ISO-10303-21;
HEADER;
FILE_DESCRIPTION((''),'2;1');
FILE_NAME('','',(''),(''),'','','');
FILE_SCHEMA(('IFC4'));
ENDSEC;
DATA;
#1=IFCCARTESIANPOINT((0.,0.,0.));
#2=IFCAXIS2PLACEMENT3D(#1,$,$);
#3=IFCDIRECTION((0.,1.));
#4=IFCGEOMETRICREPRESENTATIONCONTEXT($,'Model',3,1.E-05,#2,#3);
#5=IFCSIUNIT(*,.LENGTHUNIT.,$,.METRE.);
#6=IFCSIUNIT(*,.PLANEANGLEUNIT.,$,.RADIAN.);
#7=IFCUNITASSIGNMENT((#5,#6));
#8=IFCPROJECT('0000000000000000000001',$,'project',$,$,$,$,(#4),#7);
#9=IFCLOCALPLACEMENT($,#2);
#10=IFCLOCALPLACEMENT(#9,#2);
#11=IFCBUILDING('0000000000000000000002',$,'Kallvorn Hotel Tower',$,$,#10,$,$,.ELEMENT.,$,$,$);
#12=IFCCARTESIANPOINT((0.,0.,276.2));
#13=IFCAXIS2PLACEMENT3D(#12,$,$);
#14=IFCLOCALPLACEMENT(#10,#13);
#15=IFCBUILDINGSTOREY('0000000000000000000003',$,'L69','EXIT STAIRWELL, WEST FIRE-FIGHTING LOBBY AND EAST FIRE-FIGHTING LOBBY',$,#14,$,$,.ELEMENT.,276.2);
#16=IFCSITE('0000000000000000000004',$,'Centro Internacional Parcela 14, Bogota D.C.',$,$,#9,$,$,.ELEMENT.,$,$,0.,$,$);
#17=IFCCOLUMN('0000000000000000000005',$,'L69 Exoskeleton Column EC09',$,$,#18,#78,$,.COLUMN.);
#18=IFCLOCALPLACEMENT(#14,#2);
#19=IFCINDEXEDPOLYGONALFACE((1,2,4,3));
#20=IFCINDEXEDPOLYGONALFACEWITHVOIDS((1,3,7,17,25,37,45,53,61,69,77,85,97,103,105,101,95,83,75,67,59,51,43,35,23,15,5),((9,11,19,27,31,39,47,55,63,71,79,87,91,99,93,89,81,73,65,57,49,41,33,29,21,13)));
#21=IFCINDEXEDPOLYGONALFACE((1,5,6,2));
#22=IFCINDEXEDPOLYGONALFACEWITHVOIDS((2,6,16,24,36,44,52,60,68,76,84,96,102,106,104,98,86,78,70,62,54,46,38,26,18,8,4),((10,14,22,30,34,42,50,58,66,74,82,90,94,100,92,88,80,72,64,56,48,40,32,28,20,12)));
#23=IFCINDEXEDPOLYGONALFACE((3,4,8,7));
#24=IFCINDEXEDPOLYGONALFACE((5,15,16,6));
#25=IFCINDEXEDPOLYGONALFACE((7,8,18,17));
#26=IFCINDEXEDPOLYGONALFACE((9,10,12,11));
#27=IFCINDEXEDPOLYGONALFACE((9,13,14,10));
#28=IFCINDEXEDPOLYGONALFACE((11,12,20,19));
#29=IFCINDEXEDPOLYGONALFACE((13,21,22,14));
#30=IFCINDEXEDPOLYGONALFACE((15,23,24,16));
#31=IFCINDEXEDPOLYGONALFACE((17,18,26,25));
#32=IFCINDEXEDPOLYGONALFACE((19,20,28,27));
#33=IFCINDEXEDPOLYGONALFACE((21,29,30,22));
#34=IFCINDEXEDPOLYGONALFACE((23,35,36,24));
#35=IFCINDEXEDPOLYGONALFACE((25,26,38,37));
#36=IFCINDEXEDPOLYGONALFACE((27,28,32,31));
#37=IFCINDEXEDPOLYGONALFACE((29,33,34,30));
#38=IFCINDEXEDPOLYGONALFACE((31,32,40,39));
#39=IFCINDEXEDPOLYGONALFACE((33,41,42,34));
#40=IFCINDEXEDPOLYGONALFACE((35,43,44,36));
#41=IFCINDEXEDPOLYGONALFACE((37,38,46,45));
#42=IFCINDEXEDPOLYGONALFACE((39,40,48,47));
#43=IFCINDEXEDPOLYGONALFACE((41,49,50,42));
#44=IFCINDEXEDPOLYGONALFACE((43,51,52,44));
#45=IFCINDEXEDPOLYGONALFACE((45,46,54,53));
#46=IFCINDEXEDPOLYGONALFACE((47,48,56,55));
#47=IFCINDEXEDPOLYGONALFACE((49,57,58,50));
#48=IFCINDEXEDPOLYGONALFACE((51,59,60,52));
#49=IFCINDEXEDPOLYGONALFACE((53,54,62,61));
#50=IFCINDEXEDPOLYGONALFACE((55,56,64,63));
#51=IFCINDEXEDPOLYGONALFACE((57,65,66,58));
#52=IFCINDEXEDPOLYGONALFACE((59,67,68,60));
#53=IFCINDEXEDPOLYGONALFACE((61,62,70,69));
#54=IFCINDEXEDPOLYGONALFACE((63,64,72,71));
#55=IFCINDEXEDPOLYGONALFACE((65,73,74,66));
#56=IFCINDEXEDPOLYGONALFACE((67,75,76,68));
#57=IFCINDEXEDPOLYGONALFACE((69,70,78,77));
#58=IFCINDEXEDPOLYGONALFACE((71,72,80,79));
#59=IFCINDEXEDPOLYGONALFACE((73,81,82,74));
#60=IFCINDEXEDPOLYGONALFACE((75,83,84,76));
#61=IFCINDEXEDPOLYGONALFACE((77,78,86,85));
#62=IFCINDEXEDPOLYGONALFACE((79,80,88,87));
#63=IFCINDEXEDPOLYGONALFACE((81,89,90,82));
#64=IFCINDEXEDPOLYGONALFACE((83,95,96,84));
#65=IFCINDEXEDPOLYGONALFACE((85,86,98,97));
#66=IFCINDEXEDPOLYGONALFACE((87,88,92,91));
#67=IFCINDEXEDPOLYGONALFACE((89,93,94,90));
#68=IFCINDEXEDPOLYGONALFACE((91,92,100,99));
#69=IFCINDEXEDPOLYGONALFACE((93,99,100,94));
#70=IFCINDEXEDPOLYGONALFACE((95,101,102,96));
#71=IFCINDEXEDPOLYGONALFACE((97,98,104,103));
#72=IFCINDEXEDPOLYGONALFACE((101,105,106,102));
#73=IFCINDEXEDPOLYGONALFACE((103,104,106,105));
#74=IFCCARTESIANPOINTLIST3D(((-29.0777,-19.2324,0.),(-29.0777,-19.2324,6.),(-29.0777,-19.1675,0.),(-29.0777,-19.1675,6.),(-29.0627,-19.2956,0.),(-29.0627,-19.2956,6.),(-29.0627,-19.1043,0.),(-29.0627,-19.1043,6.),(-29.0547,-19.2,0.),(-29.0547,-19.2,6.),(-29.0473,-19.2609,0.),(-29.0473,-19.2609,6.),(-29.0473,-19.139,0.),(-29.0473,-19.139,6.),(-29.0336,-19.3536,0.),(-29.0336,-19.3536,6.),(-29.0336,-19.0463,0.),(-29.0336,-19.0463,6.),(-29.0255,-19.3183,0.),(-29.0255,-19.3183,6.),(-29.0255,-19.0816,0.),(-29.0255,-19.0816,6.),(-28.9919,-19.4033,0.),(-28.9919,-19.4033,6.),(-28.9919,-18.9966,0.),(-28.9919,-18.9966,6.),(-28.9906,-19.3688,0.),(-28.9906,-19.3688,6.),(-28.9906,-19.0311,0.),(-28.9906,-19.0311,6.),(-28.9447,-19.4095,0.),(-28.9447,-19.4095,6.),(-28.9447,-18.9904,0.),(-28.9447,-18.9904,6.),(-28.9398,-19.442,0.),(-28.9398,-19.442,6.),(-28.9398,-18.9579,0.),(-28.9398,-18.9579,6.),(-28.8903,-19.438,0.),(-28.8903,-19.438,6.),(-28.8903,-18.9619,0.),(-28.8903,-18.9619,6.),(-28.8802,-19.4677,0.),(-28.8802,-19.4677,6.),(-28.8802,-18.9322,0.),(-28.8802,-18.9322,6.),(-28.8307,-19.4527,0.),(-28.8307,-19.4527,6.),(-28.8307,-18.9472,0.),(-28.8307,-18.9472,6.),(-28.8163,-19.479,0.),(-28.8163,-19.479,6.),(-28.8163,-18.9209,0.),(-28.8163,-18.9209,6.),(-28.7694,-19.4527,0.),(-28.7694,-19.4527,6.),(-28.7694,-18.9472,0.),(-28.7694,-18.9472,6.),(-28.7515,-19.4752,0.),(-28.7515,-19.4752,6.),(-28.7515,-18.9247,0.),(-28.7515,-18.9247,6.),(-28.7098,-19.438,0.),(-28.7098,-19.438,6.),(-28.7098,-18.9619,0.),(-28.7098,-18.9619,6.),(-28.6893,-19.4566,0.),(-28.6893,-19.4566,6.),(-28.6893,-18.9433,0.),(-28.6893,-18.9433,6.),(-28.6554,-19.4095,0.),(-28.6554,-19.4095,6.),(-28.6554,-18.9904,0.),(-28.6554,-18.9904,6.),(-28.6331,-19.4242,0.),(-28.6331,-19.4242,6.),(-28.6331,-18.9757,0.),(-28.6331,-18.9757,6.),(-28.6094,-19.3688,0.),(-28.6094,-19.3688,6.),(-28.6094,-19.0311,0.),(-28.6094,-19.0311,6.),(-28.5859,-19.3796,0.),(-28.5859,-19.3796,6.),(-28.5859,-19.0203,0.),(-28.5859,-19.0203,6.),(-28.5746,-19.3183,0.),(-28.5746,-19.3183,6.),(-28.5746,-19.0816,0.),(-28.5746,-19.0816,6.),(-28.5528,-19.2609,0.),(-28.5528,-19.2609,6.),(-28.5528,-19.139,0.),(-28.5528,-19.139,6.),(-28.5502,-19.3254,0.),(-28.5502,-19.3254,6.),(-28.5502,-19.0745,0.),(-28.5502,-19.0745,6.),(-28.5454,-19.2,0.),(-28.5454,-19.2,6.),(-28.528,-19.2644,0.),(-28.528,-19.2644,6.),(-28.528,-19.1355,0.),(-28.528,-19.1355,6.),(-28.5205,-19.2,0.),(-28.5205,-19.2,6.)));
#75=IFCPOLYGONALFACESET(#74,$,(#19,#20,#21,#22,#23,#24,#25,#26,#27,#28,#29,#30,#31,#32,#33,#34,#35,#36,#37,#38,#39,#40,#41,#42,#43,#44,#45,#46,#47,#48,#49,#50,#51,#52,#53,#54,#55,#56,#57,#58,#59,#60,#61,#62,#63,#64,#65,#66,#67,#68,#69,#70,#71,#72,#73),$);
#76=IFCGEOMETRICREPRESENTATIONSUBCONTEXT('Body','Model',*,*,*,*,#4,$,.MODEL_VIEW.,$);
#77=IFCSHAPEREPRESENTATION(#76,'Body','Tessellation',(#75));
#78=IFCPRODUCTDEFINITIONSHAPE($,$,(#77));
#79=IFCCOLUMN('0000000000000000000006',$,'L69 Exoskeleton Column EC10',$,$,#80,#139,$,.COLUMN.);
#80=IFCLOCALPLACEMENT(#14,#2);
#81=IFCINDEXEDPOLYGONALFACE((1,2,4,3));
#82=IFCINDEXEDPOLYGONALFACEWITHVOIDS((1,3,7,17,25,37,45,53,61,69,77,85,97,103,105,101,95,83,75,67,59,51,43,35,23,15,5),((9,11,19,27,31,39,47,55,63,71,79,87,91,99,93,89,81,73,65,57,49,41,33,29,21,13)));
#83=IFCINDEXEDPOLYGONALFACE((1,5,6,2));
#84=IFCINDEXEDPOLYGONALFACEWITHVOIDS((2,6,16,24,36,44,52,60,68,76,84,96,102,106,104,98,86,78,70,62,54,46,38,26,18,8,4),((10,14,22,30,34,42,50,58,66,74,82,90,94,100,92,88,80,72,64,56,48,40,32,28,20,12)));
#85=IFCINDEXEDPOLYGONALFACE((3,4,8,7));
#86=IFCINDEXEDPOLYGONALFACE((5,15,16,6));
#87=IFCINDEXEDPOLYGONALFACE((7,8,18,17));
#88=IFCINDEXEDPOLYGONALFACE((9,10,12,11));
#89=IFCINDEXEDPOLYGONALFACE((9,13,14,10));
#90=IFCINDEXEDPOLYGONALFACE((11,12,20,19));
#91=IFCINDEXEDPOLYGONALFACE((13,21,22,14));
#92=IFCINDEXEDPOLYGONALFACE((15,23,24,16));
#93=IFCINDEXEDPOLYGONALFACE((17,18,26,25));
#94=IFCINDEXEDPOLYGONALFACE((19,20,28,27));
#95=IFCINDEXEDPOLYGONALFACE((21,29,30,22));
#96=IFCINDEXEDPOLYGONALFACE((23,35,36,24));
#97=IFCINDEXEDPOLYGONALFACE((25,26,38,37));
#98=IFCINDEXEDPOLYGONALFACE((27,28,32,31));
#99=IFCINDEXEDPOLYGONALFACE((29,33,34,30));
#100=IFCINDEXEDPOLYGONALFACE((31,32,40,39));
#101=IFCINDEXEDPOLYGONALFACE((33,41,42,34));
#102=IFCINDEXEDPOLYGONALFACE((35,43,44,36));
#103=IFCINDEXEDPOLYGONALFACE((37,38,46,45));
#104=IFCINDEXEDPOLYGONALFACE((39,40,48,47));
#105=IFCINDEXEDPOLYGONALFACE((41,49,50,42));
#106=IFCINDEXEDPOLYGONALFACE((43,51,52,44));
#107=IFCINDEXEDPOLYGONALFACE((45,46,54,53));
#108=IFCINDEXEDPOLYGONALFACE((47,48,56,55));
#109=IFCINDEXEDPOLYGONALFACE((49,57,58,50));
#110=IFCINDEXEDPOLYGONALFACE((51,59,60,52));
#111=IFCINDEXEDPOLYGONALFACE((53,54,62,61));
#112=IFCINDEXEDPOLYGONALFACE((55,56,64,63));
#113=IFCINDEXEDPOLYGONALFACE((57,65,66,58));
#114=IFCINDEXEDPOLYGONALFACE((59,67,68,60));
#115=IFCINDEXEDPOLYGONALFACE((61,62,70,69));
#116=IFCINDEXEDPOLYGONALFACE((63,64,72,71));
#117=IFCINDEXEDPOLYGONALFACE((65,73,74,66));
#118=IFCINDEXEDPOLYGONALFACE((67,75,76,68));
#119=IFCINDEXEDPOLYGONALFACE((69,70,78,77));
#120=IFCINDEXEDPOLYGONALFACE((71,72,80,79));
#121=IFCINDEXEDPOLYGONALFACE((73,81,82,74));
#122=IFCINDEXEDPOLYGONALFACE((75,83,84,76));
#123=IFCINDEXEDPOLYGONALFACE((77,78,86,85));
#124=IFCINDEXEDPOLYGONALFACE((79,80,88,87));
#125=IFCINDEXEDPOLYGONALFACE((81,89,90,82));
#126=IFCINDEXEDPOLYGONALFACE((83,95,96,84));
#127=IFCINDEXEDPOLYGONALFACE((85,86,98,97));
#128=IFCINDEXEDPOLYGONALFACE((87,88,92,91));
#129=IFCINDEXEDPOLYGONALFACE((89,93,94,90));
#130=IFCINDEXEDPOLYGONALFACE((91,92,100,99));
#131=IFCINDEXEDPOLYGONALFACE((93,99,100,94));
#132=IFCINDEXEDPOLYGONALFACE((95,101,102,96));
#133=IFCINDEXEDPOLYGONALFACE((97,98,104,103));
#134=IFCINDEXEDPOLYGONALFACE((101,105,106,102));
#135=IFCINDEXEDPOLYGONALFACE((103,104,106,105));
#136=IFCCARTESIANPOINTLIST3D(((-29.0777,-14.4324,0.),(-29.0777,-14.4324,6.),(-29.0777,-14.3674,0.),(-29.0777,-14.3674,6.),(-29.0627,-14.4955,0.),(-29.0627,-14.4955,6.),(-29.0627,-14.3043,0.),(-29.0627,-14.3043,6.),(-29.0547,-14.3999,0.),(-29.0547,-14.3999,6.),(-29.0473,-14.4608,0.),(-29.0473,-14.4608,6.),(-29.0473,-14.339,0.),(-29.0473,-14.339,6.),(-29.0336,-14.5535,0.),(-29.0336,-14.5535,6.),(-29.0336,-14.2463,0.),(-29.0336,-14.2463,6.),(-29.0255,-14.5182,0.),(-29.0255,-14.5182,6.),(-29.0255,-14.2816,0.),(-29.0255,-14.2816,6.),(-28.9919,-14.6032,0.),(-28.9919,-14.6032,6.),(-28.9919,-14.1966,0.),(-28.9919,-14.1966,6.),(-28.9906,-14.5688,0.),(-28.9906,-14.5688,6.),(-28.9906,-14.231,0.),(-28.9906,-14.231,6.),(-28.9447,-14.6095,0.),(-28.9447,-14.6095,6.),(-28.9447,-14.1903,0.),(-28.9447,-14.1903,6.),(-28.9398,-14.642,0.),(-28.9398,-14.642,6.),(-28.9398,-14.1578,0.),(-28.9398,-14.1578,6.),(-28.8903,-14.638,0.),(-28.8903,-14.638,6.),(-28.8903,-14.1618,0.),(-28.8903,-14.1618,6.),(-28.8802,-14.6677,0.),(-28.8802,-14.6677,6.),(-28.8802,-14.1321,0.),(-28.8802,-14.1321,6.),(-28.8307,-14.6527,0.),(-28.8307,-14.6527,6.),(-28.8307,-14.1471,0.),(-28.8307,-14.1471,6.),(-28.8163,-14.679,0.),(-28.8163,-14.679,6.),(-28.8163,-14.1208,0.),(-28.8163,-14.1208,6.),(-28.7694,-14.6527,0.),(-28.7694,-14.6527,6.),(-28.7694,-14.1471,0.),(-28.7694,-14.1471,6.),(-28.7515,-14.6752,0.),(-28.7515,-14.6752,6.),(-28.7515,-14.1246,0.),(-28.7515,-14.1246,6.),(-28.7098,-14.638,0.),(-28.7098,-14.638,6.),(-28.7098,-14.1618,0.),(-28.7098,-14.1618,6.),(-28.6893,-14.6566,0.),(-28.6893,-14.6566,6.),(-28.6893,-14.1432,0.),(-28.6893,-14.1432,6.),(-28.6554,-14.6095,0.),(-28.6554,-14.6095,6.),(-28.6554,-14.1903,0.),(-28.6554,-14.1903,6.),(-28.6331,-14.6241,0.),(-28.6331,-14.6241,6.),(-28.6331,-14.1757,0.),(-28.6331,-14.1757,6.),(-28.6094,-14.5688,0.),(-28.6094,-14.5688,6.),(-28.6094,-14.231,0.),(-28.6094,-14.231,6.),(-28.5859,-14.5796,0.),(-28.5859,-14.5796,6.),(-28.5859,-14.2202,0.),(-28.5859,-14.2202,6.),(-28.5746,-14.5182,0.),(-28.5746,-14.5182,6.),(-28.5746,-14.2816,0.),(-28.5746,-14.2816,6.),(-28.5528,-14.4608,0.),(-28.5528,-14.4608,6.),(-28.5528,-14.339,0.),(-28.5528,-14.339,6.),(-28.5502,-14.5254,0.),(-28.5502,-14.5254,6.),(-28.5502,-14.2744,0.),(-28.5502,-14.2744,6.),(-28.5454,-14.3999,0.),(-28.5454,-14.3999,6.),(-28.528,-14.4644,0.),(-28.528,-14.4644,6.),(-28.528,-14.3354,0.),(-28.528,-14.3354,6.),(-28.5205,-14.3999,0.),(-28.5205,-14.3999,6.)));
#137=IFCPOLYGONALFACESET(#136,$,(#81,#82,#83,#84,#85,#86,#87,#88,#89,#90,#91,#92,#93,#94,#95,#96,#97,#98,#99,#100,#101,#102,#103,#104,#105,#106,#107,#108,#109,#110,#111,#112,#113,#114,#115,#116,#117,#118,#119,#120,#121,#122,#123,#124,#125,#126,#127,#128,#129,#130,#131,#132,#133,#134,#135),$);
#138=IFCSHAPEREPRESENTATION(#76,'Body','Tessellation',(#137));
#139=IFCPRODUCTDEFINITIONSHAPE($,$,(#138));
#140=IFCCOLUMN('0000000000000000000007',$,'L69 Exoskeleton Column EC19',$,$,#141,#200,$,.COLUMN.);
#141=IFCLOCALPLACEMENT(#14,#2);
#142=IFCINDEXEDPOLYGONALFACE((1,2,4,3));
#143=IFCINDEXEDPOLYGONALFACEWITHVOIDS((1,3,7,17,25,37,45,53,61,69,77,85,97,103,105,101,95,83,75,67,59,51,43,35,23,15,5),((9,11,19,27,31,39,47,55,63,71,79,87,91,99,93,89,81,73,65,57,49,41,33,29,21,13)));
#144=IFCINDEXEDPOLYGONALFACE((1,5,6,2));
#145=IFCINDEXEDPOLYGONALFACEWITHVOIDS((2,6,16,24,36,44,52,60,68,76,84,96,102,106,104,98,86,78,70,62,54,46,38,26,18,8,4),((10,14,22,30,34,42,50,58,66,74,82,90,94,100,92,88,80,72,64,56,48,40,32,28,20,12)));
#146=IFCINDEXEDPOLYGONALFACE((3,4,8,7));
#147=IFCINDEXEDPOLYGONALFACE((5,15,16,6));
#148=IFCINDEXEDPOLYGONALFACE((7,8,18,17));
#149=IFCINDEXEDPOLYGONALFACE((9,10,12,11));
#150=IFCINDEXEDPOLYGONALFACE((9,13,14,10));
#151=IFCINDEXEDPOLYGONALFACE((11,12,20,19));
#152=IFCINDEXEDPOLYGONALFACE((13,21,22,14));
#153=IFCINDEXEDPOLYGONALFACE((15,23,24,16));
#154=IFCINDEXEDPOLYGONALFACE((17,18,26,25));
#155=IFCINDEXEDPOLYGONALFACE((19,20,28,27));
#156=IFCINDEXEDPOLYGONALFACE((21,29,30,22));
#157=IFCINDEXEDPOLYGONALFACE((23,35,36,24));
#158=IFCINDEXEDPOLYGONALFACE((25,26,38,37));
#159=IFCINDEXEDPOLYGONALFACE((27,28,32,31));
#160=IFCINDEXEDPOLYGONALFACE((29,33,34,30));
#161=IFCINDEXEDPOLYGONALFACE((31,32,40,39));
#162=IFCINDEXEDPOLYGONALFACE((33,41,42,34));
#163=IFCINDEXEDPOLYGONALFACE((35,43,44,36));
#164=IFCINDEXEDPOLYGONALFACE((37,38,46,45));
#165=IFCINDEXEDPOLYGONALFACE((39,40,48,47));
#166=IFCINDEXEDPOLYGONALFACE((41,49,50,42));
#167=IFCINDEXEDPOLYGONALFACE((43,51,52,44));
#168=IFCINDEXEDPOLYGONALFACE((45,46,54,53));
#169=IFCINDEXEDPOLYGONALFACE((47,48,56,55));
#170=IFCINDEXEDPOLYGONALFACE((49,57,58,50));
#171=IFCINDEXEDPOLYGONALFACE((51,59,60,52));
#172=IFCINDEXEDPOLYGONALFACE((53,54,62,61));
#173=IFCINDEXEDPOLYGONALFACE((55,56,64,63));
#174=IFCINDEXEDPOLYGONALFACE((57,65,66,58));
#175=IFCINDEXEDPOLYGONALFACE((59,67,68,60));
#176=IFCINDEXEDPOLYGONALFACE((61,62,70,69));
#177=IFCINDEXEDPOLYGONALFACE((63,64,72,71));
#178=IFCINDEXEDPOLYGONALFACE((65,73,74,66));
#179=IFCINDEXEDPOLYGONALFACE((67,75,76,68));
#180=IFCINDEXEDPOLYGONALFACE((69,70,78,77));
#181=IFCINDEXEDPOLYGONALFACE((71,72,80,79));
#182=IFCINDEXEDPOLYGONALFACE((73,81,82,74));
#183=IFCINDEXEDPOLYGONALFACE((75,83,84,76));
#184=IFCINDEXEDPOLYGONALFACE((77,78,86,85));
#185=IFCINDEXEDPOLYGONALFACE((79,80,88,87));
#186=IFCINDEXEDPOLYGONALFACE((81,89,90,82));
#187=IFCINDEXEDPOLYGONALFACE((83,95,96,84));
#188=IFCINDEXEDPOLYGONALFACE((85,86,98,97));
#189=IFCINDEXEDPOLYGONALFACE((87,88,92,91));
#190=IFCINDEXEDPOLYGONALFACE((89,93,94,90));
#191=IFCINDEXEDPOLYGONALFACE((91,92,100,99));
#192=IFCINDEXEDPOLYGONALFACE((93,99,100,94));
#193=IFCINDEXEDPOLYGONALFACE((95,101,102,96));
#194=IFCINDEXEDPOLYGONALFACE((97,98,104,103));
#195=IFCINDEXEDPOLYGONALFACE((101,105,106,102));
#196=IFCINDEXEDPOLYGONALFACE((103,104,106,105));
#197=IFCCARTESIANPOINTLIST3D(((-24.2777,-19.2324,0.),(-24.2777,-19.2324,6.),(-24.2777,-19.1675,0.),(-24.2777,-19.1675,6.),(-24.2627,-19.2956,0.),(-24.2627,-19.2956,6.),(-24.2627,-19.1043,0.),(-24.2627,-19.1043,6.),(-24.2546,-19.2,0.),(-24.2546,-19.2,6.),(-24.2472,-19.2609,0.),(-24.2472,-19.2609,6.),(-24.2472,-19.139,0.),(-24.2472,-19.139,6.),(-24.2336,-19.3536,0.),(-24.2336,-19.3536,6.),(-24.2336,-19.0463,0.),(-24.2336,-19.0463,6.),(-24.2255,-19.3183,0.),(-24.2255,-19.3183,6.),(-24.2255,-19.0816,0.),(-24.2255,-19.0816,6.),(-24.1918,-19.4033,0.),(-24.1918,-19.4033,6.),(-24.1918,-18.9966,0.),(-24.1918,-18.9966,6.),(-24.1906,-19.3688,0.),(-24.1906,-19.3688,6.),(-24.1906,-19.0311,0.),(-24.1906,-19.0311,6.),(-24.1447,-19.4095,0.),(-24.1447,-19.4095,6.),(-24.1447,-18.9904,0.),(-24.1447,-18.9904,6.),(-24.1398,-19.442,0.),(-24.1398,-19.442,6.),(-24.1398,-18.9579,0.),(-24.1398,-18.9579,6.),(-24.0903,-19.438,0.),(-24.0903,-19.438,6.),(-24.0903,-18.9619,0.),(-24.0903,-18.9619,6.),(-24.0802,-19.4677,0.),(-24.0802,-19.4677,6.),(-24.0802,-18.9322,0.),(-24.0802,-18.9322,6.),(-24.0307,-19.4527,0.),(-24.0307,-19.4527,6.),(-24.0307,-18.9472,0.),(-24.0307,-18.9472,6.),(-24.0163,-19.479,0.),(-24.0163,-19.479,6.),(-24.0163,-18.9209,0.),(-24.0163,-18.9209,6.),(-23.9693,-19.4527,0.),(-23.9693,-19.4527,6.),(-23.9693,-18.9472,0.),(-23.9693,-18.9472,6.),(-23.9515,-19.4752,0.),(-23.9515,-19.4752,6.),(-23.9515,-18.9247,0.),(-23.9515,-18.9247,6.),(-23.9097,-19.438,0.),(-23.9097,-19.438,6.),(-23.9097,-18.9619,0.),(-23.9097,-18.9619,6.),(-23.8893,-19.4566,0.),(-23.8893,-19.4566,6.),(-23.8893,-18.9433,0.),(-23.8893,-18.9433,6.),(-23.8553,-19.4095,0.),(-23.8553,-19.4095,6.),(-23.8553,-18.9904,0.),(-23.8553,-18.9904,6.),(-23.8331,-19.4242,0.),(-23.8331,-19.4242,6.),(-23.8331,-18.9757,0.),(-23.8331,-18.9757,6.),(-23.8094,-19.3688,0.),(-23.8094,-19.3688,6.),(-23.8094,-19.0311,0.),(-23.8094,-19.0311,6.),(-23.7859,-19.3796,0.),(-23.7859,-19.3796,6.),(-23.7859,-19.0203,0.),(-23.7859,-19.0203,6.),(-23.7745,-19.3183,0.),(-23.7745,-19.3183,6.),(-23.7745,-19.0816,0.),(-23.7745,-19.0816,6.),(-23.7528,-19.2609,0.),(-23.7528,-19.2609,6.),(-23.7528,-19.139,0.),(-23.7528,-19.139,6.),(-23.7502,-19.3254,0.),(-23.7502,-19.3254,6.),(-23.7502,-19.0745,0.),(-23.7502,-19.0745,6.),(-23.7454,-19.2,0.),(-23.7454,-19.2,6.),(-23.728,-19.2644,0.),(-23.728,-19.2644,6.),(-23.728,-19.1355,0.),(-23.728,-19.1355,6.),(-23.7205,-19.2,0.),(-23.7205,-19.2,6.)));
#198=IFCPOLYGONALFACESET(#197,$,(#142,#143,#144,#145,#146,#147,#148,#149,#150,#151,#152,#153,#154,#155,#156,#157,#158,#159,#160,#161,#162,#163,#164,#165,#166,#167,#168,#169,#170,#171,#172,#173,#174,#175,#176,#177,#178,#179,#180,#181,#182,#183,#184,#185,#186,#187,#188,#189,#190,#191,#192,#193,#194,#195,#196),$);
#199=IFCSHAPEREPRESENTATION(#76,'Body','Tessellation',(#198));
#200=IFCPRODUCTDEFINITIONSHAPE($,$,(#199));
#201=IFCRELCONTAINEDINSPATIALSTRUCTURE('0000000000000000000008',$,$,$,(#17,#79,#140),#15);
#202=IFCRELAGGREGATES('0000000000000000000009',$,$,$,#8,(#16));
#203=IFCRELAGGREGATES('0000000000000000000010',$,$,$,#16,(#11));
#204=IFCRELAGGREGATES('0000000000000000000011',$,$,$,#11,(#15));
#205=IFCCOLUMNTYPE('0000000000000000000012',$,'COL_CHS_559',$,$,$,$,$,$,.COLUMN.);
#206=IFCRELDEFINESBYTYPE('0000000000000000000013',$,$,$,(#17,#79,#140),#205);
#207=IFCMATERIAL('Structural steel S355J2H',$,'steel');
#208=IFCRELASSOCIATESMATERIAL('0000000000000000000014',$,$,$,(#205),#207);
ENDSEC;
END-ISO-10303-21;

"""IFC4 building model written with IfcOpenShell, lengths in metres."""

from ifc_helpers import new_model, si_unit, direction, frame, origin, origin_2d, place, context, subcontext, project, spatial, hollow_circle, extrude, material, material_profile, profile_set, type_object, element, save


model = new_model("IFC4")

# Units and contexts
model_context = context("Model", 3, precision=1e-05, world=origin(), true_north=direction((0.0, 1.0)))
body_context = subcontext(model_context, "Body", "Model", "MODEL_VIEW")
ifc_project = project(units=[si_unit("LENGTHUNIT", "METRE"), si_unit("PLANEANGLEUNIT", "RADIAN")], contexts=[model_context])

# Site, building, storey
site_placement = place(None, origin())
site = spatial("IfcSite", under=ifc_project, at=site_placement, Name="Centro Internacional Parcela 14, Bogota D.C.", CompositionType="ELEMENT", RefElevation=0.0)
building_placement = place(site_placement, origin())
building = spatial("IfcBuilding", under=site, at=building_placement, Name="Kallvorn Hotel Tower", CompositionType="ELEMENT")
storey_placement = place(building_placement, frame((0.0, 0.0, 276.2)))
storey = spatial("IfcBuildingStorey", under=building, at=storey_placement, Name="L69", Description="EXIT STAIRWELL, WEST FIRE-FIGHTING LOBBY AND EAST FIRE-FIGHTING LOBBY", CompositionType="ELEMENT", Elevation=276.2)

# Columns
ifc_material_1 = material(Name="Structural steel S355J2H", Category="steel")
ifc_material_profile_1 = material_profile(ifc_material_1, hollow_circle(Radius=0.2795, WallThickness=0.0249, at=origin_2d()), Name="CHS 559x25")
ifc_profile_set_1 = profile_set([ifc_material_profile_1], Name="Structural steel S355J2H")
column_type_1 = type_object("IfcColumnType", Name="COL_CHS_559", PredefinedType="COLUMN", material=ifc_profile_set_1)
for number, where, z_axis, x_axis, name in (
    (1, (-28.8, -19.2, 0.0), (0.0, 0.0, 1.0), (1.0, 0.0, 0.0), "L69 Exoskeleton Column EC09"),
    (2, (-28.8, -14.3999, 0.0), (0.0, 0.0, 1.0), (1.0, 0.0, 0.0), "L69 Exoskeleton Column EC10"),
    (3, (-24.0, -19.2, 0.0), (0.0, 0.0, 1.0), (1.0, 0.0, 0.0), "L69 Exoskeleton Column EC19"),
):
    element("IfcColumn", number, at=place(storey_placement, frame(where, z_axis=z_axis, x_axis=x_axis)), inside=storey, type_object=column_type_1, Name=name, PredefinedType="COLUMN", context=body_context, shape_type="SweptSolid", body=[
        extrude(hollow_circle(Radius=0.2795, WallThickness=0.0249, at=origin_2d()), origin(), (0.0, 0.0, 1.0), 6.0),
    ])

save(model, "model.ifc")
